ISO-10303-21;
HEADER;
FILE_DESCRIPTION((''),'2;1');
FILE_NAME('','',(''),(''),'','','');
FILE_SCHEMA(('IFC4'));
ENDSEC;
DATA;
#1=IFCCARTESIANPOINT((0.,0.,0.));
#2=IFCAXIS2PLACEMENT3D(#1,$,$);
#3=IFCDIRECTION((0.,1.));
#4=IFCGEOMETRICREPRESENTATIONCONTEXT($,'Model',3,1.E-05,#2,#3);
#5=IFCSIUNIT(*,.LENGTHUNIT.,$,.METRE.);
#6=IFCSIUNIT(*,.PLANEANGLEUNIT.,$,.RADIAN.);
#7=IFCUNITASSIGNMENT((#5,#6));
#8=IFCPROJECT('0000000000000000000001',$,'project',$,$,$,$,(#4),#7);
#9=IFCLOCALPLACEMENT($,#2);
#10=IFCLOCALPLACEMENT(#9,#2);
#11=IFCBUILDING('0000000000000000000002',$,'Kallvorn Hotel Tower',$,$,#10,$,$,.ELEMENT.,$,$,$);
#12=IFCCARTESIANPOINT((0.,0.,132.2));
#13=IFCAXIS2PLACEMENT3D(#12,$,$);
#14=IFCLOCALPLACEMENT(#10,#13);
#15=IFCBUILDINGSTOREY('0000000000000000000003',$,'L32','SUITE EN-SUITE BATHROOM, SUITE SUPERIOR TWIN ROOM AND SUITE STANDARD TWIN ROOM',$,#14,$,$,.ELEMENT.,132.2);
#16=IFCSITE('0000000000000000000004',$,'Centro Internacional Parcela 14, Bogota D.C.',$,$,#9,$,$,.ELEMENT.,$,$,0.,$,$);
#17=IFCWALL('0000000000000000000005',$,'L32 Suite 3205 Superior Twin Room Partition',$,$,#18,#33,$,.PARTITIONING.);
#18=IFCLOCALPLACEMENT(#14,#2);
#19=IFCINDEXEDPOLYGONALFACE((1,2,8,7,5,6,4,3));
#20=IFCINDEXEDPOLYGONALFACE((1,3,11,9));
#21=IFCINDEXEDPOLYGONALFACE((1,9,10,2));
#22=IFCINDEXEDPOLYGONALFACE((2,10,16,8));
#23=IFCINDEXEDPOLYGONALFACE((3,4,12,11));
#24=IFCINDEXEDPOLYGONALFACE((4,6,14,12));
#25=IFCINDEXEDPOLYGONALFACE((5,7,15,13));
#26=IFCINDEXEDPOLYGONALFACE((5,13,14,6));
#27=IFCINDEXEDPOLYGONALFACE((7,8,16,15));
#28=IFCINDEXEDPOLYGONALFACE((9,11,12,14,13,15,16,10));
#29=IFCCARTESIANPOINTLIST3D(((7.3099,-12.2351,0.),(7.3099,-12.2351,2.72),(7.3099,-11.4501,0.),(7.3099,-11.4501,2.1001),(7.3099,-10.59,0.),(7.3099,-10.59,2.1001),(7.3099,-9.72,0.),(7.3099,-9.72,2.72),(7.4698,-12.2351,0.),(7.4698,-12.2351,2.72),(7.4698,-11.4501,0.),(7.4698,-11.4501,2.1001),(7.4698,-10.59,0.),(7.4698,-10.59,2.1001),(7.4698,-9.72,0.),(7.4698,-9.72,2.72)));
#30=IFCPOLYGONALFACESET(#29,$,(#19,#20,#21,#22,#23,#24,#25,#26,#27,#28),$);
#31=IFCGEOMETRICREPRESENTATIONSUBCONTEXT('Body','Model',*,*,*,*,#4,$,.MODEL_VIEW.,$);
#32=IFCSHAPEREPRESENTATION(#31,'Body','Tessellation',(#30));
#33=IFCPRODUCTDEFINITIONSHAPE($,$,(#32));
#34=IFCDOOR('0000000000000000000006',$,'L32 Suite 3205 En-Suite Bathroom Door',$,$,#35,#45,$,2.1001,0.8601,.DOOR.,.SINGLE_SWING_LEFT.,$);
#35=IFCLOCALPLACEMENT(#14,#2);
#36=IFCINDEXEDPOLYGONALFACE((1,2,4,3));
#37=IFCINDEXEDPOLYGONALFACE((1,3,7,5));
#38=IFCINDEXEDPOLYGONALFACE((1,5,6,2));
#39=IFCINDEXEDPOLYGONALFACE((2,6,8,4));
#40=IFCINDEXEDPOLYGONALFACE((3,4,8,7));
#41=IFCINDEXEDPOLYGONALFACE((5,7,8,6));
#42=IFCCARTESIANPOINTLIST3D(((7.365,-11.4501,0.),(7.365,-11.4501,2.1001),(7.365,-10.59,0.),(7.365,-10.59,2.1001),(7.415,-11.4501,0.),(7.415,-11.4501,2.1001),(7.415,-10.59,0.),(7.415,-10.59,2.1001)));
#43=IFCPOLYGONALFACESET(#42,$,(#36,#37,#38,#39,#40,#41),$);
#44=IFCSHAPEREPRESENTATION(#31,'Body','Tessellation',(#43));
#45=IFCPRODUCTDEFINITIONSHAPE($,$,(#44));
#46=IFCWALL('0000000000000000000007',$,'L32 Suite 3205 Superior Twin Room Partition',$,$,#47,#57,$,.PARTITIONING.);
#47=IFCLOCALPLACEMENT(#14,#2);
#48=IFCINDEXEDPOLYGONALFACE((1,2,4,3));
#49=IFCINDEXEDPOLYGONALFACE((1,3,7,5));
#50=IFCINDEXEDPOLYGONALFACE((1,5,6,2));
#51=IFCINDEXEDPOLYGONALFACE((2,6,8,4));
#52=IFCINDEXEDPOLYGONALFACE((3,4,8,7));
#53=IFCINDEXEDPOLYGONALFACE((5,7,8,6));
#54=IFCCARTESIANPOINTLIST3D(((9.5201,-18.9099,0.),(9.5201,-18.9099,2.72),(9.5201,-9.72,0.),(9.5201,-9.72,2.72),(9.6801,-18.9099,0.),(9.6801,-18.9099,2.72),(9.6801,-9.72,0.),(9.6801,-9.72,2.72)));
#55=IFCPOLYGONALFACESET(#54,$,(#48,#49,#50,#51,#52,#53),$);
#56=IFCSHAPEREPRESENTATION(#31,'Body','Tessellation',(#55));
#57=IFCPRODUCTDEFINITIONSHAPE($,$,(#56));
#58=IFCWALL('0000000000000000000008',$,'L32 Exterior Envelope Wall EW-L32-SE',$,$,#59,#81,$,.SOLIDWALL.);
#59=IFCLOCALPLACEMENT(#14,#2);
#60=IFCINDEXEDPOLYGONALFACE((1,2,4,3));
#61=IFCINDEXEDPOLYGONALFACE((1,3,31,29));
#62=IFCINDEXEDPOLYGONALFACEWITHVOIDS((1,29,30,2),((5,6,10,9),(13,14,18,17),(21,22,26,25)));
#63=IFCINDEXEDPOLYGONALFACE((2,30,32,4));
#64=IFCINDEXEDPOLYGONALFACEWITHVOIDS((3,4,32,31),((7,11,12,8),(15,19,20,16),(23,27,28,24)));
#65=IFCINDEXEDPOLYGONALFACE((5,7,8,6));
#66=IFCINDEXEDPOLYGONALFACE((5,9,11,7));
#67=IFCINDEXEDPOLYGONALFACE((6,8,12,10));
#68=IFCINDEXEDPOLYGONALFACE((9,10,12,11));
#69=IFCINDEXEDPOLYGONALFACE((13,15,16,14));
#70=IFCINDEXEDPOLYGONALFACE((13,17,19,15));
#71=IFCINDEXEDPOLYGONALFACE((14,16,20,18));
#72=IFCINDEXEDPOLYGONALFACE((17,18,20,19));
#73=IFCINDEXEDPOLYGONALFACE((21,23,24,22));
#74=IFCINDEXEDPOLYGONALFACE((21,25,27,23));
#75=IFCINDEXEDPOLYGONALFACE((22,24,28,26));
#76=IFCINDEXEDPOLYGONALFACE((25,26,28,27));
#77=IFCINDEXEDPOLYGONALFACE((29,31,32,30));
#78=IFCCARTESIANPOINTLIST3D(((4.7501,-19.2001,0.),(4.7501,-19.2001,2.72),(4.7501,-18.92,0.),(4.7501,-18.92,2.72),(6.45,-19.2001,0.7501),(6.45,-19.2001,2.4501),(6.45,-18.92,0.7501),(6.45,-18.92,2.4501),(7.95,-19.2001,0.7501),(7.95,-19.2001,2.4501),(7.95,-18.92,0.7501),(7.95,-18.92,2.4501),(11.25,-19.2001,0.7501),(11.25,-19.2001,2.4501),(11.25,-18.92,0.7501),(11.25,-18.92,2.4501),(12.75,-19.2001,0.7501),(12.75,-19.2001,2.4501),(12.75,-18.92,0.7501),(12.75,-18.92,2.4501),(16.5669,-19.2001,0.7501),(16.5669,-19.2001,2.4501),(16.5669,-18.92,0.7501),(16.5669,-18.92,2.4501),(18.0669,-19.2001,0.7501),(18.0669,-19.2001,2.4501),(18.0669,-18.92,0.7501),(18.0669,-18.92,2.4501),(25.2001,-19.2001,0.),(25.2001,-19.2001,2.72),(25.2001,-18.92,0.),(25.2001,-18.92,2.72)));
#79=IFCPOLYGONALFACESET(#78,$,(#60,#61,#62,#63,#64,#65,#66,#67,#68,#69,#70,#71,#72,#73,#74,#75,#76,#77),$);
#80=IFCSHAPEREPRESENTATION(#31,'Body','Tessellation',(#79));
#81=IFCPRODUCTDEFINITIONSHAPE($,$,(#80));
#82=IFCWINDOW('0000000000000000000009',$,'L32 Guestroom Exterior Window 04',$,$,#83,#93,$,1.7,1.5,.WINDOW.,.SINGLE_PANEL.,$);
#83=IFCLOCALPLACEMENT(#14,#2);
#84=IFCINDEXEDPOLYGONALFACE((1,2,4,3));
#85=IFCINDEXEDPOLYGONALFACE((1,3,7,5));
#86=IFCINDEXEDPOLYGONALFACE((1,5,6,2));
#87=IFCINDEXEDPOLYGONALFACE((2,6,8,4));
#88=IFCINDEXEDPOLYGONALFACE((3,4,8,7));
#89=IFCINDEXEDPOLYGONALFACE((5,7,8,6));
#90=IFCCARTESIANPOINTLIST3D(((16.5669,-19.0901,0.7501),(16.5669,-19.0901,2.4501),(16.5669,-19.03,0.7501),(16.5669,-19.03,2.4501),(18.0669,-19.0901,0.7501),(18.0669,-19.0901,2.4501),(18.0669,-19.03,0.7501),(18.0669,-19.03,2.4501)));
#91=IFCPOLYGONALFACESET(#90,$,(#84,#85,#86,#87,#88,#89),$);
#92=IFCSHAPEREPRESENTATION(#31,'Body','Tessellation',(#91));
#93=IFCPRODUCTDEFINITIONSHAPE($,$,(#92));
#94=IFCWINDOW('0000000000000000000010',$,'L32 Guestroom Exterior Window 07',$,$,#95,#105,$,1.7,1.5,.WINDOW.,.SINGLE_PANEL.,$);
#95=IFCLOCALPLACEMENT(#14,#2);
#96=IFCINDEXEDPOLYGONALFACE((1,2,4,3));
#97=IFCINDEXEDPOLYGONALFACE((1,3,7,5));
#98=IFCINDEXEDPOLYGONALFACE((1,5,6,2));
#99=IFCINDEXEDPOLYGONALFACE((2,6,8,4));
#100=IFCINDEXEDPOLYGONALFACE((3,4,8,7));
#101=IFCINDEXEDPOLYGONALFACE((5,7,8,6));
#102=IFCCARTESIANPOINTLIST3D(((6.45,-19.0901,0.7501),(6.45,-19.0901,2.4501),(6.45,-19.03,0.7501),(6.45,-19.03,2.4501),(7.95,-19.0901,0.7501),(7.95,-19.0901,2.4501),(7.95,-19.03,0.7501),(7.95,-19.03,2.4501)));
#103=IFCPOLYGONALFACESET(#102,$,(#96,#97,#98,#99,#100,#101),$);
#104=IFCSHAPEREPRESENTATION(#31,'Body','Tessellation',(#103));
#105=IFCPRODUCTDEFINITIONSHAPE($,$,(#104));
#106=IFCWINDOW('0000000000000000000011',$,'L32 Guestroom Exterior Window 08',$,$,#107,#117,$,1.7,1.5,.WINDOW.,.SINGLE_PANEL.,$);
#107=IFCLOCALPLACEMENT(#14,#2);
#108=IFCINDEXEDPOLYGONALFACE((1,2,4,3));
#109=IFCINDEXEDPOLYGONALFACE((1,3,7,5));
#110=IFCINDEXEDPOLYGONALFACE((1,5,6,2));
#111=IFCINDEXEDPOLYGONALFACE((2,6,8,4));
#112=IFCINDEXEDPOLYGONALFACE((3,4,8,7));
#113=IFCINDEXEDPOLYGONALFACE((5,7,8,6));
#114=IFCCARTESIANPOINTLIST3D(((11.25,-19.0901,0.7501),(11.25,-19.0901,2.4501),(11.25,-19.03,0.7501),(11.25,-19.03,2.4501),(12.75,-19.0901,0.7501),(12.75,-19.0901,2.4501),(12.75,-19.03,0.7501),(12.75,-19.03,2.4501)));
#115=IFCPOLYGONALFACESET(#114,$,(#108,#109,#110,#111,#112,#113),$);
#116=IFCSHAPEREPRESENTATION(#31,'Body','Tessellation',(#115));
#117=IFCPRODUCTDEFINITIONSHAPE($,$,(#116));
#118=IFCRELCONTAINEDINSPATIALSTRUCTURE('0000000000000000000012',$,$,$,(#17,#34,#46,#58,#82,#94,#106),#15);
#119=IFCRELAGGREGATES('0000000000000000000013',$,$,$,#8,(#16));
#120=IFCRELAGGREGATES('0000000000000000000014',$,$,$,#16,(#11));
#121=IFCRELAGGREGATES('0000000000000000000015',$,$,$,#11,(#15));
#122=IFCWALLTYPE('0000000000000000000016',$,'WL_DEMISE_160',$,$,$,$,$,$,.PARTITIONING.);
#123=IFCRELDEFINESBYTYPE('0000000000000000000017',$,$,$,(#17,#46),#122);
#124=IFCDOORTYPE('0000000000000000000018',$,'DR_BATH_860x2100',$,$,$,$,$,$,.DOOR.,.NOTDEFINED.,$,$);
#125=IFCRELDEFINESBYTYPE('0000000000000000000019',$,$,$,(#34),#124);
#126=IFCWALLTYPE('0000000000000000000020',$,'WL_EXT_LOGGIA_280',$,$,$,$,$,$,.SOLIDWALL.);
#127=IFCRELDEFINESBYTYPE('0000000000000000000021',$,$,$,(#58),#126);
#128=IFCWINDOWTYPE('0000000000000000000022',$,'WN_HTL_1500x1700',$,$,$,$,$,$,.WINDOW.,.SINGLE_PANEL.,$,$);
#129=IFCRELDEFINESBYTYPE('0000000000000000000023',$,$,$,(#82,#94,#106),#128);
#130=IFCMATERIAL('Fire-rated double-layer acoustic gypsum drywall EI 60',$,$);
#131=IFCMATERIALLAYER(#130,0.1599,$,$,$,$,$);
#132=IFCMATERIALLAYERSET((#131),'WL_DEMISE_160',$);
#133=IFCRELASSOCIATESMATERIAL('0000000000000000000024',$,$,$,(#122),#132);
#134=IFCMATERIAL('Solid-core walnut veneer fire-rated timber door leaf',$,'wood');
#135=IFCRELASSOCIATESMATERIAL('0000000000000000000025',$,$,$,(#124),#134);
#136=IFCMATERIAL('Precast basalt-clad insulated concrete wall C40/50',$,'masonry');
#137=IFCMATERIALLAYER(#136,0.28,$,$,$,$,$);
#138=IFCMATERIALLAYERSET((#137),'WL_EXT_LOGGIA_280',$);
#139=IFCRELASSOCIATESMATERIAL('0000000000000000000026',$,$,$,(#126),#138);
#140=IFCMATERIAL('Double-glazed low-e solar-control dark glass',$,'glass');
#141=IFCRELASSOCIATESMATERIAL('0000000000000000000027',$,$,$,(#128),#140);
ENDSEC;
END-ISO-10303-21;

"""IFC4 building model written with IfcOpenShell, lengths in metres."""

from ifc_helpers import new_model, si_unit, direction, frame, frame_2d, origin, place, context, subcontext, project, spatial, rectangle, extrude, material, layer, layer_set, type_object, element, fill, save


model = new_model("IFC4")

# Units and contexts
model_context = context("Model", 3, precision=1e-05, world=origin(), true_north=direction((0.0, 1.0)))
body_context = subcontext(model_context, "Body", "Model", "MODEL_VIEW")
ifc_project = project(units=[si_unit("LENGTHUNIT", "METRE"), si_unit("PLANEANGLEUNIT", "RADIAN")], contexts=[model_context])

# Site, building, storey
site_placement = place(None, origin())
site = spatial("IfcSite", under=ifc_project, at=site_placement, Name="Centro Internacional Parcela 14, Bogota D.C.", CompositionType="ELEMENT", RefElevation=0.0)
building_placement = place(site_placement, origin())
building = spatial("IfcBuilding", under=site, at=building_placement, Name="Kallvorn Hotel Tower", CompositionType="ELEMENT")
storey_placement = place(building_placement, frame((0.0, 0.0, 132.2)))
storey = spatial("IfcBuildingStorey", under=building, at=storey_placement, Name="L32", Description="SUITE EN-SUITE BATHROOM, SUITE SUPERIOR TWIN ROOM AND SUITE STANDARD TWIN ROOM", CompositionType="ELEMENT", Elevation=132.2)

# Shared definitions
ifc_material_1 = material(Name="Fire-rated double-layer acoustic gypsum drywall EI 60")
ifc_layer_1 = layer(ifc_material_1, 0.1599)
ifc_layer_set_1 = layer_set([ifc_layer_1], Name="WL_DEMISE_160")
wall_type_1 = type_object("IfcWallType", Name="WL_DEMISE_160", PredefinedType="PARTITIONING", material=ifc_layer_set_1)

# Wall, opening, door
wall_1_placement = place(storey_placement, frame((7.3899, -12.2351, 0.0), z_axis=(0.0, 0.0, 1.0), x_axis=(0.0, 1.0, 0.0)))
wall_1 = element("IfcWall", 1, at=wall_1_placement, inside=storey, type_object=wall_type_1, Name="L32 Suite 3205 Superior Twin Room Partition", PredefinedType="PARTITIONING", context=body_context, shape_type="SweptSolid", body=[
    extrude(rectangle(XDim=2.5151, YDim=0.1599, at=frame_2d((1.2576, 0.0))), origin(), (0.0, 0.0, 1.0), 2.72),
])
opening_1_placement = place(wall_1_placement, frame((0.7849, 0.0, 0.0)))
opening_1 = element("IfcOpeningElement", 2, at=opening_1_placement, cuts=wall_1, PredefinedType="OPENING", context=body_context, shape_type="SweptSolid", body=[
    extrude(rectangle(XDim=0.8601, YDim=2.1001, at=frame_2d((0.4302, 1.05))), frame((0.0, 0.095, 0.0), z_axis=(0.0, -1.0, 0.0), x_axis=(1.0, 0.0, 0.0)), (0.0, 0.0, 1.0), 0.1899),
])
ifc_material_2 = material(Name="Solid-core walnut veneer fire-rated timber door leaf", Category="wood")
door_type = type_object("IfcDoorType", Name="DR_BATH_860x2100", OperationType="NOTDEFINED", PredefinedType="DOOR", material=ifc_material_2)
door_placement = place(opening_1_placement, origin())
door = element("IfcDoor", 3, at=door_placement, inside=storey, type_object=door_type, Name="L32 Suite 3205 En-Suite Bathroom Door", OperationType="SINGLE_SWING_LEFT", OverallHeight=2.1001, OverallWidth=0.8601, PredefinedType="DOOR", context=body_context, shape_type="SweptSolid", body=[
    extrude(rectangle(XDim=0.8601, YDim=2.1001, at=frame_2d((0.4302, 1.05))), frame((0.0, 0.0249, 0.0), z_axis=(0.0, -1.0, 0.0), x_axis=(1.0, 0.0, 0.0)), (0.0, 0.0, 1.0), 0.05),
])
fill(opening_1, door)

# Wall
wall_2_placement = place(storey_placement, frame((9.6001, -18.9099, 0.0), z_axis=(0.0, 0.0, 1.0), x_axis=(0.0, 1.0, 0.0)))
element("IfcWall", 4, at=wall_2_placement, inside=storey, type_object=wall_type_1, Name="L32 Suite 3205 Superior Twin Room Partition", PredefinedType="PARTITIONING", context=body_context, shape_type="SweptSolid", body=[
    extrude(rectangle(XDim=9.1899, YDim=0.1599, at=frame_2d((4.595, 0.0))), origin(), (0.0, 0.0, 1.0), 2.72),
])

# Wall, openings, windows
ifc_material_3 = material(Name="Precast basalt-clad insulated concrete wall C40/50", Category="masonry")
ifc_layer_2 = layer(ifc_material_3, 0.28)
ifc_layer_set_2 = layer_set([ifc_layer_2], Name="WL_EXT_LOGGIA_280")
wall_type_2 = type_object("IfcWallType", Name="WL_EXT_LOGGIA_280", PredefinedType="SOLIDWALL", material=ifc_layer_set_2)
wall_3_placement = place(storey_placement, frame((4.75, -19.0601, 0.0), z_axis=(0.0, 0.0, 1.0), x_axis=(1.0, 0.0, 0.0)))
wall_3 = element("IfcWall", 5, at=wall_3_placement, inside=storey, type_object=wall_type_2, Name="L32 Exterior Envelope Wall EW-L32-SE", PredefinedType="SOLIDWALL", context=body_context, shape_type="SweptSolid", body=[
    extrude(rectangle(XDim=20.45, YDim=0.28, at=frame_2d((10.2251, 0.0))), origin(), (0.0, 0.0, 1.0), 2.72),
])
opening_2_placement = place(wall_3_placement, frame((11.8169, 0.0, 0.75)))
opening_2 = element("IfcOpeningElement", 6, at=opening_2_placement, cuts=wall_3, PredefinedType="OPENING", context=body_context, shape_type="SweptSolid", body=[
    extrude(rectangle(XDim=1.5, YDim=1.7, at=frame_2d((0.75, 0.8501))), frame((0.0, 0.155, 0.0), z_axis=(0.0, -1.0, 0.0), x_axis=(1.0, 0.0, 0.0)), (0.0, 0.0, 1.0), 0.3101),
])
opening_3_placement = place(wall_3_placement, frame((1.7, 0.0, 0.75)))
opening_3 = element("IfcOpeningElement", 7, at=opening_3_placement, cuts=wall_3, PredefinedType="OPENING", context=body_context, shape_type="SweptSolid", body=[
    extrude(rectangle(XDim=1.5, YDim=1.7, at=frame_2d((0.75, 0.8501))), frame((0.0, 0.155, 0.0), z_axis=(0.0, -1.0, 0.0), x_axis=(1.0, 0.0, 0.0)), (0.0, 0.0, 1.0), 0.3101),
])
opening_4_placement = place(wall_3_placement, frame((6.5, 0.0, 0.75)))
opening_4 = element("IfcOpeningElement", 8, at=opening_4_placement, cuts=wall_3, PredefinedType="OPENING", context=body_context, shape_type="SweptSolid", body=[
    extrude(rectangle(XDim=1.5, YDim=1.7, at=frame_2d((0.75, 0.8501))), frame((0.0, 0.155, 0.0), z_axis=(0.0, -1.0, 0.0), x_axis=(1.0, 0.0, 0.0)), (0.0, 0.0, 1.0), 0.3101),
])
ifc_material_4 = material(Name="Double-glazed low-e solar-control dark glass", Category="glass")
window_type = type_object("IfcWindowType", Name="WN_HTL_1500x1700", PartitioningType="SINGLE_PANEL", PredefinedType="WINDOW", material=ifc_material_4)
window_1_placement = place(opening_2_placement, origin())
window_1 = element("IfcWindow", 9, at=window_1_placement, inside=storey, type_object=window_type, Name="L32 Guestroom Exterior Window 04", OverallHeight=1.7, OverallWidth=1.5, PartitioningType="SINGLE_PANEL", PredefinedType="WINDOW", context=body_context, shape_type="SweptSolid", body=[
    extrude(rectangle(XDim=1.5, YDim=1.7, at=frame_2d((0.75, 0.8501))), frame((0.0, 0.03, 0.0), z_axis=(0.0, -1.0, 0.0), x_axis=(1.0, 0.0, 0.0)), (0.0, 0.0, 1.0), 0.0601),
])
fill(opening_2, window_1)
window_2_placement = place(opening_3_placement, origin())
window_2 = element("IfcWindow", 10, at=window_2_placement, inside=storey, type_object=window_type, Name="L32 Guestroom Exterior Window 07", OverallHeight=1.7, OverallWidth=1.5, PartitioningType="SINGLE_PANEL", PredefinedType="WINDOW", context=body_context, shape_type="SweptSolid", body=[
    extrude(rectangle(XDim=1.5, YDim=1.7, at=frame_2d((0.75, 0.8501))), frame((0.0, 0.03, 0.0), z_axis=(0.0, -1.0, 0.0), x_axis=(1.0, 0.0, 0.0)), (0.0, 0.0, 1.0), 0.0601),
])
fill(opening_3, window_2)
window_3_placement = place(opening_4_placement, origin())
window_3 = element("IfcWindow", 11, at=window_3_placement, inside=storey, type_object=window_type, Name="L32 Guestroom Exterior Window 08", OverallHeight=1.7, OverallWidth=1.5, PartitioningType="SINGLE_PANEL", PredefinedType="WINDOW", context=body_context, shape_type="SweptSolid", body=[
    extrude(rectangle(XDim=1.5, YDim=1.7, at=frame_2d((0.75, 0.8501))), frame((0.0, 0.03, 0.0), z_axis=(0.0, -1.0, 0.0), x_axis=(1.0, 0.0, 0.0)), (0.0, 0.0, 1.0), 0.0601),
])
fill(opening_4, window_3)

save(model, "model.ifc")
